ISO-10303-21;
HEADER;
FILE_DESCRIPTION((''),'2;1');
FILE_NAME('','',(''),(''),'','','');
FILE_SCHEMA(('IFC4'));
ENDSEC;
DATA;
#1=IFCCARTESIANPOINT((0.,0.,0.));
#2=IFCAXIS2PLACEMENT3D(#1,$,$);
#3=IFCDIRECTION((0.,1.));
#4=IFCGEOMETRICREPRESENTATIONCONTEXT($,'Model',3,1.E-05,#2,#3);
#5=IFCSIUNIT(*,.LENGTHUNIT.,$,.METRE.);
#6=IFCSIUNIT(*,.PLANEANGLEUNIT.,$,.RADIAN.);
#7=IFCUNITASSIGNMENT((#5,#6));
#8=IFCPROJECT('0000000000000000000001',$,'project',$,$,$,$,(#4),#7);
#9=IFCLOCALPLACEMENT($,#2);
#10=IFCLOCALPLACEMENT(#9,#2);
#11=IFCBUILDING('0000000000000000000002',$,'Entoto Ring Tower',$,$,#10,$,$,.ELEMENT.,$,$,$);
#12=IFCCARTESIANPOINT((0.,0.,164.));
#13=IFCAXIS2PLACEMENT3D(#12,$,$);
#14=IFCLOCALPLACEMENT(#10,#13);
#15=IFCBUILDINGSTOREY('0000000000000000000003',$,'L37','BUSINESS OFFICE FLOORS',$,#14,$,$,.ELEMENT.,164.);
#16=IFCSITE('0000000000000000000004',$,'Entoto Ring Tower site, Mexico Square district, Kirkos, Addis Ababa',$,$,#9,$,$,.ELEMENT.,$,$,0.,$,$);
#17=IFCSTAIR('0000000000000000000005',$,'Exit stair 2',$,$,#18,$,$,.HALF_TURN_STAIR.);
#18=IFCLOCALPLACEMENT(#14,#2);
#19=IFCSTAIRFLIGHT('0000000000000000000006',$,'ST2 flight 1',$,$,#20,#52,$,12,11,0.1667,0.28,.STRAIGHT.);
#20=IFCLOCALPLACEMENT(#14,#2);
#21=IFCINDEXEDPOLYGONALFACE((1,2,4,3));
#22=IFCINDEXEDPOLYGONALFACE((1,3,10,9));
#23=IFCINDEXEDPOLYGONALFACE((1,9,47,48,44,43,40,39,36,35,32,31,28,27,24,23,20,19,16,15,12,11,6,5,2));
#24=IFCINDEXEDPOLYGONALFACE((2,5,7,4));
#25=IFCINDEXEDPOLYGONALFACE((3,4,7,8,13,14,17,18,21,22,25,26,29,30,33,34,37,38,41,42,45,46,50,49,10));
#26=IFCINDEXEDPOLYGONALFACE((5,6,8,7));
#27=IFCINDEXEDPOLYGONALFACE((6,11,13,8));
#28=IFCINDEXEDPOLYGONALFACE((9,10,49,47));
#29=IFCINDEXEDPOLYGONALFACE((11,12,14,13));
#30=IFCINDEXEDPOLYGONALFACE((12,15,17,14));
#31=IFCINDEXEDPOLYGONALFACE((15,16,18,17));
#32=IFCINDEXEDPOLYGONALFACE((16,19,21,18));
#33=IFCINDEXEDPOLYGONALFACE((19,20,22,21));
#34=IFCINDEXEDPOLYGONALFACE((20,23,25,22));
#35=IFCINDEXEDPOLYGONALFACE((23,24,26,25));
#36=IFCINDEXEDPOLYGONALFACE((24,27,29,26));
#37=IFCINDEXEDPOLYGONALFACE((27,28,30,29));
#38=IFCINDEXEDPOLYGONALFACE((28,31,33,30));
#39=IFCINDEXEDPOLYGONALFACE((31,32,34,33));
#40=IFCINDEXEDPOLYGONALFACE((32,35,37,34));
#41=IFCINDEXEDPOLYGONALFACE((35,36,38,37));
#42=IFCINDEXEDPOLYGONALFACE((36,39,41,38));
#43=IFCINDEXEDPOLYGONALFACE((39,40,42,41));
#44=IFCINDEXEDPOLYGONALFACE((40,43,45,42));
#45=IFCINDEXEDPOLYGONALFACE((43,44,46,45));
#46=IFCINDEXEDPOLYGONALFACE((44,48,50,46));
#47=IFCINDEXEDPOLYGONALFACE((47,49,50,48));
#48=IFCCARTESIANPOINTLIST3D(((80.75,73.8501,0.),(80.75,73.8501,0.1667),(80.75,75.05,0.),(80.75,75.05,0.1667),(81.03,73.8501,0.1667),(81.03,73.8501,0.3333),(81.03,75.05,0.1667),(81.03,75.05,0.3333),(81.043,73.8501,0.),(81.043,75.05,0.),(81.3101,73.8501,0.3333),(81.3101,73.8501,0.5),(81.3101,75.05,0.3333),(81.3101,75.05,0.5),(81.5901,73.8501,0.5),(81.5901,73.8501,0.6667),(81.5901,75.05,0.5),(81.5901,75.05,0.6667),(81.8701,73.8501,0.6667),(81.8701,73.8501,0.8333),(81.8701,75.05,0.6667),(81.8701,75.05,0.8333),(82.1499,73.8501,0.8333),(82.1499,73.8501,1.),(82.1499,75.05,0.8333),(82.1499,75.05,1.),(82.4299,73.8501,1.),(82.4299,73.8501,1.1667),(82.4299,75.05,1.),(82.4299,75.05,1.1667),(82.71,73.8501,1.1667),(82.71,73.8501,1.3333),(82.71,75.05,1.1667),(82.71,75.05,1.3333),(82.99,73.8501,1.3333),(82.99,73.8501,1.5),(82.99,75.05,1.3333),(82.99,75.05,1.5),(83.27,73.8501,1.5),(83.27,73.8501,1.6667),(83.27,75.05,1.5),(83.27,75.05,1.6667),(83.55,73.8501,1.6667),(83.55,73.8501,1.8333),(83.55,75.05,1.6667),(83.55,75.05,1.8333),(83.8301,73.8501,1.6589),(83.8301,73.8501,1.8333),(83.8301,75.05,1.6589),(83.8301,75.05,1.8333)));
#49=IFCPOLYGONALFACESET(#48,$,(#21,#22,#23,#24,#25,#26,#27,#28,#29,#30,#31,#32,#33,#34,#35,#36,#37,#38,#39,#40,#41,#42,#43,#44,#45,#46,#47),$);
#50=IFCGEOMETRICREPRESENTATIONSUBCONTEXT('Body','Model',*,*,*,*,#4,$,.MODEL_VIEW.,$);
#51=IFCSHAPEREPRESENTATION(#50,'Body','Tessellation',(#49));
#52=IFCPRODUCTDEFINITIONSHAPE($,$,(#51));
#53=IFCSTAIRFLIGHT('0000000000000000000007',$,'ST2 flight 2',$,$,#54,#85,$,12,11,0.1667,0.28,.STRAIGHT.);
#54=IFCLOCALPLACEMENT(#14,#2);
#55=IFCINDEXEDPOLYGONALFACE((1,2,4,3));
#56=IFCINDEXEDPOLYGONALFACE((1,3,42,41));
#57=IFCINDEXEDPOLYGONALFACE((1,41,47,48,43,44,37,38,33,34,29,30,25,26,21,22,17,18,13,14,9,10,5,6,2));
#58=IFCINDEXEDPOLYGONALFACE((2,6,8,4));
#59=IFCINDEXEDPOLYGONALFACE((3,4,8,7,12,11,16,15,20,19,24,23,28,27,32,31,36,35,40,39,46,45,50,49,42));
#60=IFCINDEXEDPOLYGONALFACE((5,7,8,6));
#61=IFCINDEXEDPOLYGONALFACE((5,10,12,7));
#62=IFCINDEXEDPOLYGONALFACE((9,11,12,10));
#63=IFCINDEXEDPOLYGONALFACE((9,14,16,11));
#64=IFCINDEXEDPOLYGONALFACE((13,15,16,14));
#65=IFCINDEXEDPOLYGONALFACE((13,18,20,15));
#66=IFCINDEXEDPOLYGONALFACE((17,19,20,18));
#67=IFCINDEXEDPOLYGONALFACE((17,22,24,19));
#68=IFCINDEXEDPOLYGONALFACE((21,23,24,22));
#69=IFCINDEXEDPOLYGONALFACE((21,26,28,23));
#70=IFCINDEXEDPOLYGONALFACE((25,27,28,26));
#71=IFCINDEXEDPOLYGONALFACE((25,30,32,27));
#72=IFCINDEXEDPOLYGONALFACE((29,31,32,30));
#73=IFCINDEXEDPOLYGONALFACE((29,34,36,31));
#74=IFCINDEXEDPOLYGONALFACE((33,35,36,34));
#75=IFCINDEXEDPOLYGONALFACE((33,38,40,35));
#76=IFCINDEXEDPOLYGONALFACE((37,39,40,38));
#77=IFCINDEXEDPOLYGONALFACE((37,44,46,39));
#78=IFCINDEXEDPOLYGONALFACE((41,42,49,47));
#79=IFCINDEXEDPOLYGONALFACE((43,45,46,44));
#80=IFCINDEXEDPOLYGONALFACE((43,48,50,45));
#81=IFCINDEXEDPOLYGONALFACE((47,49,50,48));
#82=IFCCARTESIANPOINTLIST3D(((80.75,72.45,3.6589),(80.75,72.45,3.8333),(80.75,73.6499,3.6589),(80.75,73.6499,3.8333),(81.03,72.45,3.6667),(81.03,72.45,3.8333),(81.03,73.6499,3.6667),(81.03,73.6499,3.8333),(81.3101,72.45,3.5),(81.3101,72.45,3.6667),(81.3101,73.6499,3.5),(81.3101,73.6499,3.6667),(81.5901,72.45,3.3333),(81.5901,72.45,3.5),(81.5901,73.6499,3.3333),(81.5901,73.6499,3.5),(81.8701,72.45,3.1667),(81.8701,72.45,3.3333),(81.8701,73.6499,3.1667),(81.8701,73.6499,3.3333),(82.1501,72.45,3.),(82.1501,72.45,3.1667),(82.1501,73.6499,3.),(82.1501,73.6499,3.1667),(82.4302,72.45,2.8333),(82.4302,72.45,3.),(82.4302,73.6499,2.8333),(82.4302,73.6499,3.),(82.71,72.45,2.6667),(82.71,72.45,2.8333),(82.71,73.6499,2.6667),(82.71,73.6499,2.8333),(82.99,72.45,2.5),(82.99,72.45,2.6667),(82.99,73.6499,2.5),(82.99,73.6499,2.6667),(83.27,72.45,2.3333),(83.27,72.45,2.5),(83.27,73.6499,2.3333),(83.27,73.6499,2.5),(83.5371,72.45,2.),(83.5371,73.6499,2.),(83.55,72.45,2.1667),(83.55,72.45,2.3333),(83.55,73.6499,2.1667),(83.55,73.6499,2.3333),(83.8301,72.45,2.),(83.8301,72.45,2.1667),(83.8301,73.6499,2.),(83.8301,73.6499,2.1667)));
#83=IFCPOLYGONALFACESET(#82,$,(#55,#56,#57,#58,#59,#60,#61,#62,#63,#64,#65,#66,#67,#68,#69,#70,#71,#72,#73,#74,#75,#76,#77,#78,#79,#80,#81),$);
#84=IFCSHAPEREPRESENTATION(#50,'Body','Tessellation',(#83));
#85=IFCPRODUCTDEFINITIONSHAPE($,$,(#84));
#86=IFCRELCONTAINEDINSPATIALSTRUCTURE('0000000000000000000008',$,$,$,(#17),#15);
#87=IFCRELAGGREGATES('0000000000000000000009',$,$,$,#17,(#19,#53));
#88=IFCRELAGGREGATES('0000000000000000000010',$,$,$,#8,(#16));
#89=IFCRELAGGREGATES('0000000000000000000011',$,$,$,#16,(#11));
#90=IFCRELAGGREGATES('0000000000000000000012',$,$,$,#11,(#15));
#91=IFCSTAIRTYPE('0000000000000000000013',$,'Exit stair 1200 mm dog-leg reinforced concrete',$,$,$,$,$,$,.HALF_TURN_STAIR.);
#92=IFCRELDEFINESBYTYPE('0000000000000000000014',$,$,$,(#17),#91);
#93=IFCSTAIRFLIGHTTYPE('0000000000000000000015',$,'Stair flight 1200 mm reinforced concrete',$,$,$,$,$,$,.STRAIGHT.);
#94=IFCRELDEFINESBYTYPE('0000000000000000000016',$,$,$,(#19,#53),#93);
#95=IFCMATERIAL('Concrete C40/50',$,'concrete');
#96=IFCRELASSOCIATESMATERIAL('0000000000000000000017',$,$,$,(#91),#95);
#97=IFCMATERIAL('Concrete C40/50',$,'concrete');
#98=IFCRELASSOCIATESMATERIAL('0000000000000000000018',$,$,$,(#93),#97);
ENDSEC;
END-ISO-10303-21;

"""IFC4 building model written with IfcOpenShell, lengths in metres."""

from ifc_helpers import new_model, si_unit, direction, frame, origin, place, context, subcontext, project, spatial, polyline, outline, extrude, material, type_object, element, aggregate, save


model = new_model("IFC4")

# Units and contexts
model_context = context("Model", 3, precision=1e-05, world=origin(), true_north=direction((0.0, 1.0)))
body_context = subcontext(model_context, "Body", "Model", "MODEL_VIEW")
ifc_project = project(units=[si_unit("LENGTHUNIT", "METRE"), si_unit("PLANEANGLEUNIT", "RADIAN")], contexts=[model_context])

# Site, building, storey
site_placement = place(None, origin())
site = spatial("IfcSite", under=ifc_project, at=site_placement, Name="Entoto Ring Tower site, Mexico Square district, Kirkos, Addis Ababa", CompositionType="ELEMENT", RefElevation=0.0)
building_placement = place(site_placement, origin())
building = spatial("IfcBuilding", under=site, at=building_placement, Name="Entoto Ring Tower", CompositionType="ELEMENT")
storey_placement = place(building_placement, frame((0.0, 0.0, 164.0)))
storey = spatial("IfcBuildingStorey", under=building, at=storey_placement, Name="L37", Description="BUSINESS OFFICE FLOORS", CompositionType="ELEMENT", Elevation=164.0)

# Stair, stair flights
ifc_material_1 = material(Name="Concrete C40/50", Category="concrete")
stair_type = type_object("IfcStairType", Name="Exit stair 1200 mm dog-leg reinforced concrete", PredefinedType="HALF_TURN_STAIR", material=ifc_material_1)
stair_placement = place(storey_placement, origin())
stair = element("IfcStair", 1, at=stair_placement, inside=storey, type_object=stair_type, Name="Exit stair 2", PredefinedType="HALF_TURN_STAIR")
ifc_material_2 = material(Name="Concrete C40/50", Category="concrete")
stair_flight_type = type_object("IfcStairFlightType", Name="Stair flight 1200 mm reinforced concrete", PredefinedType="STRAIGHT", material=ifc_material_2)
stair_flight_1_placement = place(storey_placement, frame((80.75, 74.45, 0.0), z_axis=(0.0, 0.0, 1.0), x_axis=(1.0, 0.0, 0.0)))
stair_flight_1 = element("IfcStairFlight", 2, at=stair_flight_1_placement, type_object=stair_flight_type, Name="ST2 flight 1", NumberOfRisers=12, NumberOfTreads=11, PredefinedType="STRAIGHT", RiserHeight=0.1667, TreadLength=0.28, context=body_context, shape_type="SweptSolid", body=[
    extrude(outline(polyline([(0.0, 0.0), (0.0, 0.1667), (0.28, 0.1667), (0.28, 0.3333), (0.5601, 0.3333), (0.5601, 0.5), (0.8401, 0.5), (0.8401, 0.6667), (1.1201, 0.6667), (1.1201, 0.8333), (1.3999, 0.8333), (1.3999, 1.0), (1.6799, 1.0), (1.6799, 1.1667), (1.96, 1.1667), (1.96, 1.3333), (2.24, 1.3333), (2.24, 1.5), (2.52, 1.5), (2.52, 1.6667), (2.8, 1.6667), (2.8, 1.8333), (3.0801, 1.8333), (3.0801, 2.0), (3.0801, 1.6589), (0.293, 0.0), (0.0, 0.0)])), frame((0.0, 0.6001, 0.0), z_axis=(0.0, -1.0, 0.0), x_axis=(1.0, 0.0, 0.0)), (0.0, 0.0, 1.0), 1.2),
])
stair_flight_2_placement = place(storey_placement, frame((83.8301, 73.05, 2.0), z_axis=(0.0, 0.0, 1.0), x_axis=(-1.0, 0.0, 0.0)))
stair_flight_2 = element("IfcStairFlight", 3, at=stair_flight_2_placement, type_object=stair_flight_type, Name="ST2 flight 2", NumberOfRisers=12, NumberOfTreads=11, PredefinedType="STRAIGHT", RiserHeight=0.1667, TreadLength=0.28, context=body_context, shape_type="SweptSolid", body=[
    extrude(outline(polyline([(0.0, 0.0), (0.0, 0.1667), (0.28, 0.1667), (0.28, 0.3333), (0.5601, 0.3333), (0.5601, 0.5), (0.8401, 0.5), (0.8401, 0.6667), (1.1201, 0.6667), (1.1201, 0.8333), (1.3999, 0.8333), (1.3999, 1.0), (1.6799, 1.0), (1.6799, 1.1667), (1.96, 1.1667), (1.96, 1.3333), (2.24, 1.3333), (2.24, 1.5), (2.52, 1.5), (2.52, 1.6667), (2.8, 1.6667), (2.8, 1.8333), (3.0801, 1.8333), (3.0801, 2.0), (3.0801, 1.6589), (0.293, 0.0), (0.0, 0.0)])), frame((0.0, 0.6001, 0.0), z_axis=(0.0, -1.0, 0.0), x_axis=(1.0, 0.0, 0.0)), (0.0, 0.0, 1.0), 1.2),
])
aggregate(stair, [stair_flight_1, stair_flight_2])

save(model, "model.ifc")
